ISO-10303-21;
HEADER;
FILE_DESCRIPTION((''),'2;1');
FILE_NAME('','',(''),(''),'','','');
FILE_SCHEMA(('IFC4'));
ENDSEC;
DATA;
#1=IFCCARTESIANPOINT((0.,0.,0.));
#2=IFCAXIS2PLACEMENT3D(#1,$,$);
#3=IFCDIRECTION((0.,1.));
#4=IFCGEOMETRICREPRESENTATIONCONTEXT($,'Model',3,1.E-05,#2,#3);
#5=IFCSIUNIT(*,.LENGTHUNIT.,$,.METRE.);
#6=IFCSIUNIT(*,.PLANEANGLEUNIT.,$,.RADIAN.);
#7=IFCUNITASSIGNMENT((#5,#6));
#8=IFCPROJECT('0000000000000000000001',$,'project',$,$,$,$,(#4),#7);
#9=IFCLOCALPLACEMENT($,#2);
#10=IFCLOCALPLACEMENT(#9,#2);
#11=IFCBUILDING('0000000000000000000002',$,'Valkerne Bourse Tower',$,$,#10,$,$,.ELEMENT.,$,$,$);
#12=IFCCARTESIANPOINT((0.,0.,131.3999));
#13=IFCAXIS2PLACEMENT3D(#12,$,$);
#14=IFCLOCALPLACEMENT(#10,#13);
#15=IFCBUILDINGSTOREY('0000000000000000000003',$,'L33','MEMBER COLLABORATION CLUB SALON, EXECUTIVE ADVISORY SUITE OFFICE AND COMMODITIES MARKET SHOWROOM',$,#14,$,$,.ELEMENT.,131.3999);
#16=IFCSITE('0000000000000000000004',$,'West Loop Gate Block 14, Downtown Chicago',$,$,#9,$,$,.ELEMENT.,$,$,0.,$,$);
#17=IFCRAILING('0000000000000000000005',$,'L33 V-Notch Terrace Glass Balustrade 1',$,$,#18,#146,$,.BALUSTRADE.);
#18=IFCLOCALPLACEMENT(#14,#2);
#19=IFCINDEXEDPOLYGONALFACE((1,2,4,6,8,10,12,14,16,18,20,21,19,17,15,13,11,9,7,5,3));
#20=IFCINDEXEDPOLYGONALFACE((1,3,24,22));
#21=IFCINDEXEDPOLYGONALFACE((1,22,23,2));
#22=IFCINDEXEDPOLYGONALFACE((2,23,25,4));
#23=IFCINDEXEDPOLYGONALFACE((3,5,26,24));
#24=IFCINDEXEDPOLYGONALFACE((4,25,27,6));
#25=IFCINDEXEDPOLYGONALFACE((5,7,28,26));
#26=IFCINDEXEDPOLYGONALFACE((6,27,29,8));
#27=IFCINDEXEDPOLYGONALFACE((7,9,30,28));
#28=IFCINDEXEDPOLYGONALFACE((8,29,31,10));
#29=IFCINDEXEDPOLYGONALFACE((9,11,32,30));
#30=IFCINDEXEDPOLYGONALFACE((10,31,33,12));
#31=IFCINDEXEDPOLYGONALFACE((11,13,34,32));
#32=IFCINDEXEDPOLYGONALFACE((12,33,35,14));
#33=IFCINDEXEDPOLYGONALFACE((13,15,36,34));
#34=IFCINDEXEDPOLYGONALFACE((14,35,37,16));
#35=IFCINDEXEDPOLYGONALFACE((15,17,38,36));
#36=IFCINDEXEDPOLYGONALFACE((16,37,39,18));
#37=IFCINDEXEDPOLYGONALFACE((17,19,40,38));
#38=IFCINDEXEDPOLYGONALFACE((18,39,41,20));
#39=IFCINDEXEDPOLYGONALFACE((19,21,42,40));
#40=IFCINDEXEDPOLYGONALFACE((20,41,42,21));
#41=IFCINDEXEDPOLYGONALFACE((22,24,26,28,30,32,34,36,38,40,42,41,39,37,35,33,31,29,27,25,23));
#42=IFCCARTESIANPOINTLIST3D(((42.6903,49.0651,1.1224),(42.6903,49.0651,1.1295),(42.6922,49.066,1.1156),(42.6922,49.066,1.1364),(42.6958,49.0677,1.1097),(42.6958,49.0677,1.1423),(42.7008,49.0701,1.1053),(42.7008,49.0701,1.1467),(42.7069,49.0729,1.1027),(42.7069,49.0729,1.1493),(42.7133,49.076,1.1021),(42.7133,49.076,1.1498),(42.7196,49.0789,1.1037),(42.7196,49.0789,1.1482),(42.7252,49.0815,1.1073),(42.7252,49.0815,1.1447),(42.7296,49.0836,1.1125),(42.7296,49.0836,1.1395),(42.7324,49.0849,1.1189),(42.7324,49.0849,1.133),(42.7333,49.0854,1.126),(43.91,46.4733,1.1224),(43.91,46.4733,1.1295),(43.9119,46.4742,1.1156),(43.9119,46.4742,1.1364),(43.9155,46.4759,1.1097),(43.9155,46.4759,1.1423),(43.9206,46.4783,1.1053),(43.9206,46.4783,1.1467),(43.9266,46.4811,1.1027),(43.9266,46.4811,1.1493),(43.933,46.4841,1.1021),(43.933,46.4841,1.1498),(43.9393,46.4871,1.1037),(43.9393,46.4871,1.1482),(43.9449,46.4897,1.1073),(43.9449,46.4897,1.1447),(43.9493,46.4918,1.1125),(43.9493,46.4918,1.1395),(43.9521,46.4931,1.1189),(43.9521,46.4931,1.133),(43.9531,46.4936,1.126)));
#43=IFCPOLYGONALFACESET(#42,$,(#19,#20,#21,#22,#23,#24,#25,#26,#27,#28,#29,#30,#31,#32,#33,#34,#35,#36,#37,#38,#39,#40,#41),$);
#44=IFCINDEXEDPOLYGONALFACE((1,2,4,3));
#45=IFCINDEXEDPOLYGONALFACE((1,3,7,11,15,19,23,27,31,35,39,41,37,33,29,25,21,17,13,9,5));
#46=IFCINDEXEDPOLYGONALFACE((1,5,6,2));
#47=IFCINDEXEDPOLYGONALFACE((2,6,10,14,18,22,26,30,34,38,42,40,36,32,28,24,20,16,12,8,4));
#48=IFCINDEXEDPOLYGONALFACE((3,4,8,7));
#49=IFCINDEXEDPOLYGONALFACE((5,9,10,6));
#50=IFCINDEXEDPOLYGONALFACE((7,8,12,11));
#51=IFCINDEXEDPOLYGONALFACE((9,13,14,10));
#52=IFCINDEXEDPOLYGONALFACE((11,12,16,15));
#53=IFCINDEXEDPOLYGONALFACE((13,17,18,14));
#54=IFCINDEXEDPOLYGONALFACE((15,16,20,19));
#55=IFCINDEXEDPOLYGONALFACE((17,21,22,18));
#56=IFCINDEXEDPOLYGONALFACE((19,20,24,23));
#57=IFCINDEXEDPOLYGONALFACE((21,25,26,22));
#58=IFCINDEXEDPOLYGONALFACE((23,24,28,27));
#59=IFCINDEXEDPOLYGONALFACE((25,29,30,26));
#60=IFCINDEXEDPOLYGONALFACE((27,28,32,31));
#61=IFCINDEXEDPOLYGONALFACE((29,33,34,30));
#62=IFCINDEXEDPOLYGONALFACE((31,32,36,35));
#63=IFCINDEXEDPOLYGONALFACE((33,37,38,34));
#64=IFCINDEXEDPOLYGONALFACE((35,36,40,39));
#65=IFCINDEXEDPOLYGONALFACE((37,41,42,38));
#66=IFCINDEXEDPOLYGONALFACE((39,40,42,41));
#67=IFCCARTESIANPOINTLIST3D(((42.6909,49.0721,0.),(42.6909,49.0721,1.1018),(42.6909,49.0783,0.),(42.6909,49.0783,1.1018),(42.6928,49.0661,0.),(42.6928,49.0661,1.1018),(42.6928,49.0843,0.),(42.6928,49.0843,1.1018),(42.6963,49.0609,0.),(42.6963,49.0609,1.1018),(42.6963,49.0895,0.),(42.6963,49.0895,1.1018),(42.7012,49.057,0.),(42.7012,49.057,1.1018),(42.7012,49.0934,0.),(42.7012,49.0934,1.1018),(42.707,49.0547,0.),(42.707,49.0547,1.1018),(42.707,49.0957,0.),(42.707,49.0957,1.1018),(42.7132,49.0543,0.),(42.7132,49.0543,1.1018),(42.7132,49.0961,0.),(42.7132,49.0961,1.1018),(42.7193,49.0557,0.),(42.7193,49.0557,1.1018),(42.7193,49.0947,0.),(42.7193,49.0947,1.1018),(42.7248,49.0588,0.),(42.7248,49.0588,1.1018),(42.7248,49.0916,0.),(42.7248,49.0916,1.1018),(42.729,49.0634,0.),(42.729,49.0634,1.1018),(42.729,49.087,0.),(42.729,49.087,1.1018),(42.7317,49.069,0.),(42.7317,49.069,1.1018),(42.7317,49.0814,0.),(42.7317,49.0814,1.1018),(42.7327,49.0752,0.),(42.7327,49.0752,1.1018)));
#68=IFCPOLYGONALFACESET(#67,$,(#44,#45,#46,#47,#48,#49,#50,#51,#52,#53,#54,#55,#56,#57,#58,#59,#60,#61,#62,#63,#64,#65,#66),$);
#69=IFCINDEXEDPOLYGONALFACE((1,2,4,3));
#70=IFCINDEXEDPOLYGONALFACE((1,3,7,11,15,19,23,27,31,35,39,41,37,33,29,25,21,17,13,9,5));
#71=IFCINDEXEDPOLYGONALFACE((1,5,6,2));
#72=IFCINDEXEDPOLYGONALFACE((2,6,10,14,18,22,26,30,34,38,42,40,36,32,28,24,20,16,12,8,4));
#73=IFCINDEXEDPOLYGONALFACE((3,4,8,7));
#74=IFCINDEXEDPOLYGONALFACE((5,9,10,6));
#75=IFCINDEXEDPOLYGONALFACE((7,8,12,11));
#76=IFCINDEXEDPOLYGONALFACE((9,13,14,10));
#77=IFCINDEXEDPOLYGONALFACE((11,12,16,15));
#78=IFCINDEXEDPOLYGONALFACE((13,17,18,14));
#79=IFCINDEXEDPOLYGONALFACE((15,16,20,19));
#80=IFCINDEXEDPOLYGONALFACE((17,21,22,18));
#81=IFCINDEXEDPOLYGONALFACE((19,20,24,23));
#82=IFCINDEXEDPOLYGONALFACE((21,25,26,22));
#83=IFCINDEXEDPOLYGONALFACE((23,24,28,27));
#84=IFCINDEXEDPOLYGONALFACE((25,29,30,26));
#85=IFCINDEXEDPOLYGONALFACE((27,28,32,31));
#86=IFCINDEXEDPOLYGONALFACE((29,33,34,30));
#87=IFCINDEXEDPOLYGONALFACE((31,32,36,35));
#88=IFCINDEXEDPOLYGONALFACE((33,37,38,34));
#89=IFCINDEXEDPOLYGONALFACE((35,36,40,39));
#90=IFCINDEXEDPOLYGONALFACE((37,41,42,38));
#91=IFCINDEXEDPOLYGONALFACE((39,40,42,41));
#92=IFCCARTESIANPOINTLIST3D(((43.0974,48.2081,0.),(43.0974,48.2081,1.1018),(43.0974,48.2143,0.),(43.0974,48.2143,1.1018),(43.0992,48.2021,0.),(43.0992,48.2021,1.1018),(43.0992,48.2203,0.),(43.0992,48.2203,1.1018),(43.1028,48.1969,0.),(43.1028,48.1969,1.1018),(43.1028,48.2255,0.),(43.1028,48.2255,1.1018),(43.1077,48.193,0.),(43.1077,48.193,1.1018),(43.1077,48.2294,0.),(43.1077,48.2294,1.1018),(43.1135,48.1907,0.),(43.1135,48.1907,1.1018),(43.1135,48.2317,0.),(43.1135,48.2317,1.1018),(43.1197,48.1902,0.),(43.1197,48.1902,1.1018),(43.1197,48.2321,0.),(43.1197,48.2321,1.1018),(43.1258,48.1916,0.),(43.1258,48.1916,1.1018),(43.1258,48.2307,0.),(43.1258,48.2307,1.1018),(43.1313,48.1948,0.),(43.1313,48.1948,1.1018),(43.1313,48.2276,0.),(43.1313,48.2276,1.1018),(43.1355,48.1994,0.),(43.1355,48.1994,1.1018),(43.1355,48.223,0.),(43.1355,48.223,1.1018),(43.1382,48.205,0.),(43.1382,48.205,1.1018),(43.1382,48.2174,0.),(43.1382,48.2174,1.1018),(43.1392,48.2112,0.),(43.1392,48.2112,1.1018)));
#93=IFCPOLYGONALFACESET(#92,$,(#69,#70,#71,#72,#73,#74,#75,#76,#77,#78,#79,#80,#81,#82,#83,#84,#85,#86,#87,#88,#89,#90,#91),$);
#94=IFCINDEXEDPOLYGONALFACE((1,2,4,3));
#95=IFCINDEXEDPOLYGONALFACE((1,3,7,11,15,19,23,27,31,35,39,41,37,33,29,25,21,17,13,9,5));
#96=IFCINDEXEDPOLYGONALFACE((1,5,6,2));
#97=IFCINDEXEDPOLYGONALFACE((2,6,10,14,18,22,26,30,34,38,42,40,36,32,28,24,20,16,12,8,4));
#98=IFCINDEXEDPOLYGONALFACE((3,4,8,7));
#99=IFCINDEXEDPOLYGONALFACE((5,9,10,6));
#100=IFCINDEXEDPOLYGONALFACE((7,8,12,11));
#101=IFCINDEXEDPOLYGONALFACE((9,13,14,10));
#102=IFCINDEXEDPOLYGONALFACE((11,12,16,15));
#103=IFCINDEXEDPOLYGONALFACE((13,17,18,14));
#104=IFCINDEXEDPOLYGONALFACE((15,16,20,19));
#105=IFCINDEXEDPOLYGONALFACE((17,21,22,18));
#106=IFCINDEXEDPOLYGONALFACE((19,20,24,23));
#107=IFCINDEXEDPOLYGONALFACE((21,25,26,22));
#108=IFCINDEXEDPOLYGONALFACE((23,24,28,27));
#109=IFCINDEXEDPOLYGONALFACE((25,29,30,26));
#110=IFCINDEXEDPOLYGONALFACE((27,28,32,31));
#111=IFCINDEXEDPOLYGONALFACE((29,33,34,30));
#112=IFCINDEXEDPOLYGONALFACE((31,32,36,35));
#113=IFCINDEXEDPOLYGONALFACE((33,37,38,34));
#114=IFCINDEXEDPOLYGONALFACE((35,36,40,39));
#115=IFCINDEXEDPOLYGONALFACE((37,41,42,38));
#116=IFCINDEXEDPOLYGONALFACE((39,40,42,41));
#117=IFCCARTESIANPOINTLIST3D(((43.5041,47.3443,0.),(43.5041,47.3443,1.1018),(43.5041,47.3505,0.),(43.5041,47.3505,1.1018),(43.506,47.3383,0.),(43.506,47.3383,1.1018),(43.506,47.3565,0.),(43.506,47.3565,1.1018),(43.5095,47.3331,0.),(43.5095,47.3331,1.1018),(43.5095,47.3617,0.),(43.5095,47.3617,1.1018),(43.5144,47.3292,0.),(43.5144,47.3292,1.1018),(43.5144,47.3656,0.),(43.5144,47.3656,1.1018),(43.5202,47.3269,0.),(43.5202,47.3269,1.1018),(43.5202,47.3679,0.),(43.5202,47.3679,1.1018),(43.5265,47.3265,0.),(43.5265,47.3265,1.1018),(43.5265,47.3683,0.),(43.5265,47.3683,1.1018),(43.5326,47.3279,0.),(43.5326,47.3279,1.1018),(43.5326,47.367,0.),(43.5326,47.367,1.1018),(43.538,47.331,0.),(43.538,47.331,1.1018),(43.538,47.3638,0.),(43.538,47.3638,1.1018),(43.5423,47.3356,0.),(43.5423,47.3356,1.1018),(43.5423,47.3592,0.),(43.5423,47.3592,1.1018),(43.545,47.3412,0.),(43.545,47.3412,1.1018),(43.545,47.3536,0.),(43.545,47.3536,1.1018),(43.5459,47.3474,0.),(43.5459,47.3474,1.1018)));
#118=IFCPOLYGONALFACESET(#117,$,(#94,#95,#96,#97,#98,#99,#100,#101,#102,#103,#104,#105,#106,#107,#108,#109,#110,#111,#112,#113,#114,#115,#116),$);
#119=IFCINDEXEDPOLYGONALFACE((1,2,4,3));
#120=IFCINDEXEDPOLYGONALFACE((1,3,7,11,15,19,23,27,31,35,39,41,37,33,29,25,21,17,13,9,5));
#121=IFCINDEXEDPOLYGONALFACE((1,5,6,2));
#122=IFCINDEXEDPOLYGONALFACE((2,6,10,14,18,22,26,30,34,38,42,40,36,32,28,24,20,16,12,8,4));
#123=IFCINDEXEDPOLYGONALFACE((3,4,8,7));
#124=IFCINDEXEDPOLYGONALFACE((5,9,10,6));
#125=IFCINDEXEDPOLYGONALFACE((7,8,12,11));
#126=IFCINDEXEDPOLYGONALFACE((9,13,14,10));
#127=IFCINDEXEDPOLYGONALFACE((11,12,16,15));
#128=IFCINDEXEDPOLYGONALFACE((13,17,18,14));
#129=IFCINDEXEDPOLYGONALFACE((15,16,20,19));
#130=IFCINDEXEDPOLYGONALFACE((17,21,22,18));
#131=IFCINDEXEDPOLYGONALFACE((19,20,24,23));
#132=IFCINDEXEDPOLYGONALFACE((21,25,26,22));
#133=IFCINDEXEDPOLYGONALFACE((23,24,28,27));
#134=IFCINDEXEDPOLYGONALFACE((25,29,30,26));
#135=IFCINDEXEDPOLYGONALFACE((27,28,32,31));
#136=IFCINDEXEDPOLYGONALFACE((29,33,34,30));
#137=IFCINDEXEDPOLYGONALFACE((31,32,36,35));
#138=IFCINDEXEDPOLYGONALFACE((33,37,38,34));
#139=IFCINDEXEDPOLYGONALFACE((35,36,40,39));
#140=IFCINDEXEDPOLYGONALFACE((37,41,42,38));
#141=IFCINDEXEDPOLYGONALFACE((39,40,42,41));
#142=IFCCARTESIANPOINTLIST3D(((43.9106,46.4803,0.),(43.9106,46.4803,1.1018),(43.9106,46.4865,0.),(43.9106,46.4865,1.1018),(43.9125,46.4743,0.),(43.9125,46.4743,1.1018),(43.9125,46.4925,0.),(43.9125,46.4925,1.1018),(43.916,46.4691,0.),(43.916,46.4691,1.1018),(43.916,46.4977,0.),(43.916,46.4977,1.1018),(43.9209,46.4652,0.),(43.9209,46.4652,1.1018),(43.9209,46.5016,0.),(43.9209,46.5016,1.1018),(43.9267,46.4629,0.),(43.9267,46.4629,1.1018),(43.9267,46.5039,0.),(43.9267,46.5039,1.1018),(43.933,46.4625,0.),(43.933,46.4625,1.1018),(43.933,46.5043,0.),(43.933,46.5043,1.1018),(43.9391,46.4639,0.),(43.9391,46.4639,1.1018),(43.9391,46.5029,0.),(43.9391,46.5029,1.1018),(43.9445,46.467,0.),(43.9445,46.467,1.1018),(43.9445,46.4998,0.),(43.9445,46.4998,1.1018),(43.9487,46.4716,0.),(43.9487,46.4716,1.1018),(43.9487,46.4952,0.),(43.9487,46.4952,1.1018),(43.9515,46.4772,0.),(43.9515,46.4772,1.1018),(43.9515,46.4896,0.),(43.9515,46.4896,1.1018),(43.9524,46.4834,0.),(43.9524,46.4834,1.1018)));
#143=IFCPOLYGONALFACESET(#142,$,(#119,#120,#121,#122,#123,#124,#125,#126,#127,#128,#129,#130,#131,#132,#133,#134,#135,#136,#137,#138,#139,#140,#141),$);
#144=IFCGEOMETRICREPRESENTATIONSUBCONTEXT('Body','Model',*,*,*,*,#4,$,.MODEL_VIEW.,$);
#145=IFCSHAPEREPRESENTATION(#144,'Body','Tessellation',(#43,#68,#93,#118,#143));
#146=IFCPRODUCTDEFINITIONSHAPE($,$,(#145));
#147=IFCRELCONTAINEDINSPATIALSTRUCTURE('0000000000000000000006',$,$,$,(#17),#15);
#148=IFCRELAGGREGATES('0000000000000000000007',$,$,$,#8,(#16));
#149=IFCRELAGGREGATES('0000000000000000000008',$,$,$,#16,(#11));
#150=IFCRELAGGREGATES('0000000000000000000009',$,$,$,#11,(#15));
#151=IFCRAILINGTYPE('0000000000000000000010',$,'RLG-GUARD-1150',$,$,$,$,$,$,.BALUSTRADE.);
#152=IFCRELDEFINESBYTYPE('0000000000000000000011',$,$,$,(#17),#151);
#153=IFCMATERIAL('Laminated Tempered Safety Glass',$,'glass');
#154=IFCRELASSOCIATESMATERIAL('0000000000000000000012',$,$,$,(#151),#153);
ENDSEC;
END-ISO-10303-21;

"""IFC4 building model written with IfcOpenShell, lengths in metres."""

from ifc_helpers import new_model, si_unit, direction, frame, origin, origin_2d, place, context, subcontext, project, spatial, circle, extrude, material, type_object, element, save


model = new_model("IFC4")

# Units and contexts
model_context = context("Model", 3, precision=1e-05, world=origin(), true_north=direction((0.0, 1.0)))
body_context = subcontext(model_context, "Body", "Model", "MODEL_VIEW")
ifc_project = project(units=[si_unit("LENGTHUNIT", "METRE"), si_unit("PLANEANGLEUNIT", "RADIAN")], contexts=[model_context])

# Site, building, storey
site_placement = place(None, origin())
site = spatial("IfcSite", under=ifc_project, at=site_placement, Name="West Loop Gate Block 14, Downtown Chicago", CompositionType="ELEMENT", RefElevation=0.0)
building_placement = place(site_placement, origin())
building = spatial("IfcBuilding", under=site, at=building_placement, Name="Valkerne Bourse Tower", CompositionType="ELEMENT")
storey_placement = place(building_placement, frame((0.0, 0.0, 131.3999)))
storey = spatial("IfcBuildingStorey", under=building, at=storey_placement, Name="L33", Description="MEMBER COLLABORATION CLUB SALON, EXECUTIVE ADVISORY SUITE OFFICE AND COMMODITIES MARKET SHOWROOM", CompositionType="ELEMENT", Elevation=131.3999)

# Railing
ifc_material_1 = material(Name="Laminated Tempered Safety Glass", Category="glass")
railing_type_1 = type_object("IfcRailingType", Name="RLG-GUARD-1150", PredefinedType="BALUSTRADE", material=ifc_material_1)
railing_1_placement = place(storey_placement, frame((42.7117, 49.0752, 0.0)))
element("IfcRailing", 1, at=railing_1_placement, inside=storey, type_object=railing_type_1, Name="L33 V-Notch Terrace Glass Balustrade 1", PredefinedType="BALUSTRADE", context=body_context, shape_type="SweptSolid", body=[
    extrude(circle(Radius=0.0239, at=origin_2d()), frame((0.0, 0.0, 1.126), z_axis=(0.425813, -0.904811, 0.0), x_axis=(0.904811, 0.425813, 0.0)), (0.0, 0.0, 1.0), 2.8645),
    extrude(circle(Radius=0.021, at=origin_2d()), origin(), (0.0, 0.0, 1.0), 1.1018),
    extrude(circle(Radius=0.021, at=origin_2d()), frame((0.4065, -0.864, 0.0)), (0.0, 0.0, 1.0), 1.1018),
    extrude(circle(Radius=0.021, at=origin_2d()), frame((0.8132, -1.7278, 0.0)), (0.0, 0.0, 1.0), 1.1018),
    extrude(circle(Radius=0.021, at=origin_2d()), frame((1.2197, -2.5918, 0.0)), (0.0, 0.0, 1.0), 1.1018),
])

save(model, "model.ifc")
